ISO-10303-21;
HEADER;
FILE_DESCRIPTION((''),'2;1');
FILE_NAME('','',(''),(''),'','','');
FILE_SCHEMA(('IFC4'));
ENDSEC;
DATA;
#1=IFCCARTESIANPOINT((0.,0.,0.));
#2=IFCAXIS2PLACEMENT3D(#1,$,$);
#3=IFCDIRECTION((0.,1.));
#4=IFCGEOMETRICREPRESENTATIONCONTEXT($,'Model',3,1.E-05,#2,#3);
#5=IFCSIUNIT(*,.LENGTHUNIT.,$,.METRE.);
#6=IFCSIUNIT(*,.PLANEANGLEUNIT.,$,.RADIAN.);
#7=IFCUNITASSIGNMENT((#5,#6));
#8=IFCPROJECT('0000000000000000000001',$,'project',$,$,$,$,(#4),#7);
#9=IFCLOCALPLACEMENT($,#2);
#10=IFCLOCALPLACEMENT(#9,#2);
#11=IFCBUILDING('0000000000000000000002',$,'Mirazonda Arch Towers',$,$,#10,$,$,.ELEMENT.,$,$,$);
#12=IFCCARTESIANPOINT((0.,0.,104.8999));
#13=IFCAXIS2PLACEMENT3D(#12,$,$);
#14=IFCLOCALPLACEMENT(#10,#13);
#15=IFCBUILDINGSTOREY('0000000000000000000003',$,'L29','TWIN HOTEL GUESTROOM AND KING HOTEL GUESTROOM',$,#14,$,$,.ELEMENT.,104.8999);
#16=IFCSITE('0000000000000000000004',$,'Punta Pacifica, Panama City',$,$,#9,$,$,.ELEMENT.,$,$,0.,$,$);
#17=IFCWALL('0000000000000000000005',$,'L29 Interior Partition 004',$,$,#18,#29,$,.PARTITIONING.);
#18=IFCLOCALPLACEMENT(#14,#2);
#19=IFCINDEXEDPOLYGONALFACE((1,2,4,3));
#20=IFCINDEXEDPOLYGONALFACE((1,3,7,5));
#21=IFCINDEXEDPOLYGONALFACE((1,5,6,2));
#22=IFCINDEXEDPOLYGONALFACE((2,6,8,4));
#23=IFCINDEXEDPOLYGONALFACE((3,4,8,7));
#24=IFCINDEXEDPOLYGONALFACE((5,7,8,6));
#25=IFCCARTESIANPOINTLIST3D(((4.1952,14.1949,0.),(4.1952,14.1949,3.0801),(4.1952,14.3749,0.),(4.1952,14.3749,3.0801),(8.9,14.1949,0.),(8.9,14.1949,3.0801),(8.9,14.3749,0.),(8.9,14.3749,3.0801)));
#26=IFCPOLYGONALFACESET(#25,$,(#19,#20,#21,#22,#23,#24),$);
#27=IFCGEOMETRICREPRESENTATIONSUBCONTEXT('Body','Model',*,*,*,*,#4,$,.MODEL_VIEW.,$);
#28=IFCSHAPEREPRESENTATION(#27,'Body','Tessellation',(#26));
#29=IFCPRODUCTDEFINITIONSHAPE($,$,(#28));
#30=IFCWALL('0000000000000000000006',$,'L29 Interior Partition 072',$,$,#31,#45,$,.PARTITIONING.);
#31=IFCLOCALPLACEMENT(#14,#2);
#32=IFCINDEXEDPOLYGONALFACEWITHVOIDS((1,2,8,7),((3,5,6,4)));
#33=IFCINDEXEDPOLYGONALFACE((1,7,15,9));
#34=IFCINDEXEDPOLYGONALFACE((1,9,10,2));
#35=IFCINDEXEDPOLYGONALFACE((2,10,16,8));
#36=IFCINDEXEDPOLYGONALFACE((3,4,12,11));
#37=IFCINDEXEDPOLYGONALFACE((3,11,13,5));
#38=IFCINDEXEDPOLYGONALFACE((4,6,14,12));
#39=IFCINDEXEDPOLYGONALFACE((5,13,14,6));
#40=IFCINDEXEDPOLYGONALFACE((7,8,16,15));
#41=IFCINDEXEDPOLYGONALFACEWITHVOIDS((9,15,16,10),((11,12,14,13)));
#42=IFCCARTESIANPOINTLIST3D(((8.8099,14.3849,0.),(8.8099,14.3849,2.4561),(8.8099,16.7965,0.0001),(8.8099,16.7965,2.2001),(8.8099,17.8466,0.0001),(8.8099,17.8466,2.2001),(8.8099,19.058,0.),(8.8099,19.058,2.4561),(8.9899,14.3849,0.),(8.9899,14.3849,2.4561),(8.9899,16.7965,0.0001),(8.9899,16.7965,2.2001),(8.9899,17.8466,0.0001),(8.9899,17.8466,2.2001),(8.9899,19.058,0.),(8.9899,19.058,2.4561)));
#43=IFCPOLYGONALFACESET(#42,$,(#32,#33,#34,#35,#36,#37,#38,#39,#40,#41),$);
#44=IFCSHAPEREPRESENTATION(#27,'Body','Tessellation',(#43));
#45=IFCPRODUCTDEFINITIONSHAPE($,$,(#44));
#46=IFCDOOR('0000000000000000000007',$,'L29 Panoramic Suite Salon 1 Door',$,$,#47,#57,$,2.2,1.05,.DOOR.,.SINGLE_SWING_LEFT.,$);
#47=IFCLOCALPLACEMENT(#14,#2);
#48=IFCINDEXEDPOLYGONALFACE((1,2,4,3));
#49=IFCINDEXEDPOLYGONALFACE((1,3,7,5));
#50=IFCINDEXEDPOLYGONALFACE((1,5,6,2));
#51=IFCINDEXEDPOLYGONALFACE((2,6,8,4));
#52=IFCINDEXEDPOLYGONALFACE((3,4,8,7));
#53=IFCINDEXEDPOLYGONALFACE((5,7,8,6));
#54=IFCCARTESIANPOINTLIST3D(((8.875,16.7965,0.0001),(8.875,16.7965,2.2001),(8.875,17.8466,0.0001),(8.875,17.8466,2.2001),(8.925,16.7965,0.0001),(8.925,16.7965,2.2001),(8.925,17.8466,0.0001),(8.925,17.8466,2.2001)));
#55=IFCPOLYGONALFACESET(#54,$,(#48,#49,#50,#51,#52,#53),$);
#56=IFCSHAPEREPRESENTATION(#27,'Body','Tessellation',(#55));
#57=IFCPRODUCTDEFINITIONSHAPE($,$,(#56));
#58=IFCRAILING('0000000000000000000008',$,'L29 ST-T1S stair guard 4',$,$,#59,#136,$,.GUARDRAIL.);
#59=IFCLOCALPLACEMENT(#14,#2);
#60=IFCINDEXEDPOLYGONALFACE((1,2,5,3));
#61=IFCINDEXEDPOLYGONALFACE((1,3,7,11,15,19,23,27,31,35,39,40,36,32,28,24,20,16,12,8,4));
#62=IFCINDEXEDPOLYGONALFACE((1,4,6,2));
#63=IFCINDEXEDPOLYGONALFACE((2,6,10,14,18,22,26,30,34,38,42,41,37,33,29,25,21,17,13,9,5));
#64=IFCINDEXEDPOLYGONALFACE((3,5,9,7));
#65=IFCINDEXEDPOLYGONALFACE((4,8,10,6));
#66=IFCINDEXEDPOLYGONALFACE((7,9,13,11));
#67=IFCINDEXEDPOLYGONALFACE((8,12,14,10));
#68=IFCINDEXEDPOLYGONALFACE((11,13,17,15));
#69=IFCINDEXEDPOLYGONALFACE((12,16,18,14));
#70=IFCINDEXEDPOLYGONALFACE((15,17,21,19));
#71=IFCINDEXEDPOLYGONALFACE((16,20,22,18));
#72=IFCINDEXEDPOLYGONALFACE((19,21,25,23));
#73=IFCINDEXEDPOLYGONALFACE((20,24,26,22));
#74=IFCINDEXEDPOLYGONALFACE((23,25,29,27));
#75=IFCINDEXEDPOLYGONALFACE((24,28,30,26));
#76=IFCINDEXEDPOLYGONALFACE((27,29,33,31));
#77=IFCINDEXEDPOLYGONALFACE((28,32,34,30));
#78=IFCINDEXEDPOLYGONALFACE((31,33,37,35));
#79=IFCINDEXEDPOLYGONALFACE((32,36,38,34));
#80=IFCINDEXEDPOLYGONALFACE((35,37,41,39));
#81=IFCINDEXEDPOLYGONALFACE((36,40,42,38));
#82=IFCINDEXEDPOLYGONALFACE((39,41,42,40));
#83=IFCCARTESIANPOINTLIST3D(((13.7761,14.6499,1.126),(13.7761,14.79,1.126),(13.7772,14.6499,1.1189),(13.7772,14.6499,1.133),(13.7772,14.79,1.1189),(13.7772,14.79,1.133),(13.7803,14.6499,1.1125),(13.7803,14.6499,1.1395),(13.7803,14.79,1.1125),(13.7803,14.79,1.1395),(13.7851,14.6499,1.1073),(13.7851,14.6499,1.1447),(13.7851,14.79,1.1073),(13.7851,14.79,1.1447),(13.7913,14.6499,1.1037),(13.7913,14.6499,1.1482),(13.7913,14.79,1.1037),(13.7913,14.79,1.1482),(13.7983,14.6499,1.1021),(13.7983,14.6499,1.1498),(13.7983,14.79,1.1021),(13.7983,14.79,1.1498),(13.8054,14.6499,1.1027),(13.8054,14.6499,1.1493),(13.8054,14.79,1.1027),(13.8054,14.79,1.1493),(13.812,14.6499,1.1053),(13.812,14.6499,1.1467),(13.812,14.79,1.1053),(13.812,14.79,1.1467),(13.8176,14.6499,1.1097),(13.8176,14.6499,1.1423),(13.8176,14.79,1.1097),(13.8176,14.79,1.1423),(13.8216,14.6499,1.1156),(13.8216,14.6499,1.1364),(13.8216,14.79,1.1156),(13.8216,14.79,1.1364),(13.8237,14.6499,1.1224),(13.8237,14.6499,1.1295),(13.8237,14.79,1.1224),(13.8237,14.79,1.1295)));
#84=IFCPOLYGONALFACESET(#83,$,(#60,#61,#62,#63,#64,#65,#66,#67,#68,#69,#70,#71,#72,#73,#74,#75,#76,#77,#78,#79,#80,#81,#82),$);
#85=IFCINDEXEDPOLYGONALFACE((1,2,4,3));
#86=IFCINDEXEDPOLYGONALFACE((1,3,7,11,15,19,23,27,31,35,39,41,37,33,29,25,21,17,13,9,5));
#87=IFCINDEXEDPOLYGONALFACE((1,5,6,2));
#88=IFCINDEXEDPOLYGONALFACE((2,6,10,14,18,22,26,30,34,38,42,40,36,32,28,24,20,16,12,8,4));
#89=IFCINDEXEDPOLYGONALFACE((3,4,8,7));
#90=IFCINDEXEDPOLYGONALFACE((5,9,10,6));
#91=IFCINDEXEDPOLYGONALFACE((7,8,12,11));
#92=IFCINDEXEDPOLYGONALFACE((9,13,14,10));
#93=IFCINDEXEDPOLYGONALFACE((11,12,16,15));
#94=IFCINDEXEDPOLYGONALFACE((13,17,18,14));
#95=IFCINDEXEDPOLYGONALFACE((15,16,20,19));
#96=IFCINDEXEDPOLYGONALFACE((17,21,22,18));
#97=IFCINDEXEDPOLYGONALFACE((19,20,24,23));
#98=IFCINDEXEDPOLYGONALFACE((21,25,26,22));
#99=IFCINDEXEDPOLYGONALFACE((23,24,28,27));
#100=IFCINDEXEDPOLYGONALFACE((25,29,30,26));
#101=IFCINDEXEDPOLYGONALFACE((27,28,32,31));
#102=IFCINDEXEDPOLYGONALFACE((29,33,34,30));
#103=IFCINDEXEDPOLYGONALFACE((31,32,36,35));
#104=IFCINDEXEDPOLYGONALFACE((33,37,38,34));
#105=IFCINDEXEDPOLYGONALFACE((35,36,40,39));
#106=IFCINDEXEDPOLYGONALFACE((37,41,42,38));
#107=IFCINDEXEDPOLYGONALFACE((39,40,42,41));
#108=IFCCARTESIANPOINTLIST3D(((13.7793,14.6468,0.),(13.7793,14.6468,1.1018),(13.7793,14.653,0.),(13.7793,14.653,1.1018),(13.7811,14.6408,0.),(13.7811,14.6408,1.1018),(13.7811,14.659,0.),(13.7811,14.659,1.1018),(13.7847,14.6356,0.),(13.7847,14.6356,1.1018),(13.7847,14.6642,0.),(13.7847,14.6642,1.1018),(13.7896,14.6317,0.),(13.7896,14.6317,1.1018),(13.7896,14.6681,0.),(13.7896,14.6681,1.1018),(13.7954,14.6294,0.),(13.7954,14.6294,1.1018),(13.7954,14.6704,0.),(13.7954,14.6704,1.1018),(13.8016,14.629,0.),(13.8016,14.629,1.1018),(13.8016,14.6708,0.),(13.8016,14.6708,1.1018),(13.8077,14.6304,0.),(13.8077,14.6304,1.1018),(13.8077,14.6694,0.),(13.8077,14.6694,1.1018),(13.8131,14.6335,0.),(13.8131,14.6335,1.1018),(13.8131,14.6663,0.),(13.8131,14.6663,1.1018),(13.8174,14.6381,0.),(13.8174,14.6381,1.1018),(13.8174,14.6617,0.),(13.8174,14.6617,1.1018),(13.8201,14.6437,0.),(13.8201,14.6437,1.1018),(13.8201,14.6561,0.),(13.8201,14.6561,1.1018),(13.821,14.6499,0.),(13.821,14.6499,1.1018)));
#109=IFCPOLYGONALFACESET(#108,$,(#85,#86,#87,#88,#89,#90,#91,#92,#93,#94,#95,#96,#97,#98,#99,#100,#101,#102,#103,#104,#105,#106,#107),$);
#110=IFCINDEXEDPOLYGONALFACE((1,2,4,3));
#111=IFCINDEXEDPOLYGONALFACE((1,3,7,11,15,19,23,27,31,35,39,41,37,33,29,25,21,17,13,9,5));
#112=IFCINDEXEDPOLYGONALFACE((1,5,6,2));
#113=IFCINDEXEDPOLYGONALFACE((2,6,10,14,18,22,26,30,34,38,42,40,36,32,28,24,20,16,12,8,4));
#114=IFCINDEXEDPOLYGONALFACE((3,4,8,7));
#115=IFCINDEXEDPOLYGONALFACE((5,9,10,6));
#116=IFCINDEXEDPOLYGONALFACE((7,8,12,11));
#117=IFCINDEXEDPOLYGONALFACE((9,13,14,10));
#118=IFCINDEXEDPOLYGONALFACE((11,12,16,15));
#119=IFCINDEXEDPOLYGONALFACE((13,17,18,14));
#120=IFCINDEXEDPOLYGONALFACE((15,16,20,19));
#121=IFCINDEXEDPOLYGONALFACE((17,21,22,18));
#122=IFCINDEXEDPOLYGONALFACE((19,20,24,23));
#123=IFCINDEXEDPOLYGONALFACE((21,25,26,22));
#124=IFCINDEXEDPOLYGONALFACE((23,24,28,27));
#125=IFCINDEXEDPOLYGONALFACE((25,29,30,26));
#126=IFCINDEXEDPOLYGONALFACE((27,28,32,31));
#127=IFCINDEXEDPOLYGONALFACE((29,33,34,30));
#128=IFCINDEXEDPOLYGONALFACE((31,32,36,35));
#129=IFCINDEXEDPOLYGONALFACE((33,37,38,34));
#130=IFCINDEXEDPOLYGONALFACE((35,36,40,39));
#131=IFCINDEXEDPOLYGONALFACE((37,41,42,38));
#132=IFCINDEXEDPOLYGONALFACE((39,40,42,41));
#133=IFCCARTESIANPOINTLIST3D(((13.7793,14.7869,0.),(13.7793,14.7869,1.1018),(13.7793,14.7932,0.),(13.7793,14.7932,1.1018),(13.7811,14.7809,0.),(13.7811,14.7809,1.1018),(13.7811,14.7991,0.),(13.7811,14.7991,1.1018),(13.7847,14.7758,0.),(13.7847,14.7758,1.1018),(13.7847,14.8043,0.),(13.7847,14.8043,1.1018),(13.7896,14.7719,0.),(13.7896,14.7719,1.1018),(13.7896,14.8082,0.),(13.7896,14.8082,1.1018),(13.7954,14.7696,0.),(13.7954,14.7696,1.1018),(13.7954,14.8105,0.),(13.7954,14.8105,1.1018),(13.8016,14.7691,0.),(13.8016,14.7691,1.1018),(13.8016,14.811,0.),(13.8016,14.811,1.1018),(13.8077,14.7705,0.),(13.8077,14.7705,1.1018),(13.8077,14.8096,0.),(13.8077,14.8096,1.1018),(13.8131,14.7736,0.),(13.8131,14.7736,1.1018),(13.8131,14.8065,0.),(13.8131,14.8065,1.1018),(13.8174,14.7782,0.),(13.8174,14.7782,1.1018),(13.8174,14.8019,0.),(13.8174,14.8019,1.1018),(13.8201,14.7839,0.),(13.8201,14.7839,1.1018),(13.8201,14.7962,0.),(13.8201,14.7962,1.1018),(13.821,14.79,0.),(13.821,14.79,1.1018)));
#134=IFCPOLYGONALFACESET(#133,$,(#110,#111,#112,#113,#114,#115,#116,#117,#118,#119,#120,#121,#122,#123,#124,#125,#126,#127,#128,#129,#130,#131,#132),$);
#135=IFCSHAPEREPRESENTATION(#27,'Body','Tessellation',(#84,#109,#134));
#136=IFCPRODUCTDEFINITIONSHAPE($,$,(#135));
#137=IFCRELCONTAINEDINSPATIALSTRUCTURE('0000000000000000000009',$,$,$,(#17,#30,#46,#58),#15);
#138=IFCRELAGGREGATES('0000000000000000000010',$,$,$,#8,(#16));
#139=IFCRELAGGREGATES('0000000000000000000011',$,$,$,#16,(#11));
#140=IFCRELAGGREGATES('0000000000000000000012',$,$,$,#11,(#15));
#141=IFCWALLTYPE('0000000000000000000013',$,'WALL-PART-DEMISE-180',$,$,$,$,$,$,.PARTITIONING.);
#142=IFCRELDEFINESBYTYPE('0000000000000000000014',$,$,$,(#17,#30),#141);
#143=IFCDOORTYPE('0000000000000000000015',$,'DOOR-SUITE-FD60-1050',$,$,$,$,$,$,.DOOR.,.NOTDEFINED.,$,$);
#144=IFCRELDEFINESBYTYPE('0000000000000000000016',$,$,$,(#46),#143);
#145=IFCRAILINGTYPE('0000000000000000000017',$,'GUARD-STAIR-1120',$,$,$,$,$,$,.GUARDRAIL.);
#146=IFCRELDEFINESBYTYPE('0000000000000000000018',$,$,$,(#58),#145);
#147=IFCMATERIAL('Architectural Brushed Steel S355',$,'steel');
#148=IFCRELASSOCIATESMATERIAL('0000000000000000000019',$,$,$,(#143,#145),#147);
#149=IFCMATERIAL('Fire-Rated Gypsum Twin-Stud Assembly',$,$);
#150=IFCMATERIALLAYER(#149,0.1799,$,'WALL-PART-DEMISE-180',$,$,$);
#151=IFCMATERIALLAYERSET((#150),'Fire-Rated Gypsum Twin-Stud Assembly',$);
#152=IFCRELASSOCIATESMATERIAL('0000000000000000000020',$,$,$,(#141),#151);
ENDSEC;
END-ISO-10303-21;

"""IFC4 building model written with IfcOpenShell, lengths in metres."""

from ifc_helpers import new_model, si_unit, direction, frame, frame_2d, origin, origin_2d, place, context, subcontext, project, spatial, rectangle, circle, extrude, material, layer, layer_set, type_object, element, fill, save


model = new_model("IFC4")

# Units and contexts
model_context = context("Model", 3, precision=1e-05, world=origin(), true_north=direction((0.0, 1.0)))
body_context = subcontext(model_context, "Body", "Model", "MODEL_VIEW")
ifc_project = project(units=[si_unit("LENGTHUNIT", "METRE"), si_unit("PLANEANGLEUNIT", "RADIAN")], contexts=[model_context])

# Site, building, storey
site_placement = place(None, origin())
site = spatial("IfcSite", under=ifc_project, at=site_placement, Name="Punta Pacifica, Panama City", CompositionType="ELEMENT", RefElevation=0.0)
building_placement = place(site_placement, origin())
building = spatial("IfcBuilding", under=site, at=building_placement, Name="Mirazonda Arch Towers", CompositionType="ELEMENT")
storey_placement = place(building_placement, frame((0.0, 0.0, 104.8999)))
storey = spatial("IfcBuildingStorey", under=building, at=storey_placement, Name="L29", Description="TWIN HOTEL GUESTROOM AND KING HOTEL GUESTROOM", CompositionType="ELEMENT", Elevation=104.8999)

# Shared definitions
ifc_material_1 = material(Name="Architectural Brushed Steel S355", Category="steel")
door_type_1 = type_object("IfcDoorType", Name="DOOR-SUITE-FD60-1050", OperationType="NOTDEFINED", PredefinedType="DOOR", material=ifc_material_1)

# Wall
ifc_material_2 = material(Name="Fire-Rated Gypsum Twin-Stud Assembly")
ifc_layer_1 = layer(ifc_material_2, 0.1799, Name="WALL-PART-DEMISE-180")
ifc_layer_set_1 = layer_set([ifc_layer_1], Name="Fire-Rated Gypsum Twin-Stud Assembly")
wall_type_1 = type_object("IfcWallType", Name="WALL-PART-DEMISE-180", PredefinedType="PARTITIONING", material=ifc_layer_set_1)
wall_1_placement = place(storey_placement, frame((4.1951, 14.2849, 0.0), z_axis=(0.0, 0.0, 1.0), x_axis=(1.0, 0.0, 0.0)))
element("IfcWall", 1, at=wall_1_placement, inside=storey, type_object=wall_type_1, Name="L29 Interior Partition 004", PredefinedType="PARTITIONING", context=body_context, shape_type="SweptSolid", body=[
    extrude(rectangle(XDim=4.7048, YDim=0.1799, at=frame_2d((2.3525, 0.0))), origin(), (0.0, 0.0, 1.0), 3.0801),
])

# Wall, opening, door
wall_2_placement = place(storey_placement, frame((8.8999, 14.385, 0.0), z_axis=(0.0, 0.0, 1.0), x_axis=(0.0, 1.0, 0.0)))
wall_2 = element("IfcWall", 2, at=wall_2_placement, inside=storey, type_object=wall_type_1, Name="L29 Interior Partition 072", PredefinedType="PARTITIONING", context=body_context, shape_type="SweptSolid", body=[
    extrude(rectangle(XDim=4.6731, YDim=0.1799, at=frame_2d((2.3364, 0.0))), origin(), (0.0, 0.0, 1.0), 2.4561),
])
opening_1_placement = place(wall_2_placement, frame((2.4116, 0.0, 0.0)))
opening_1 = element("IfcOpeningElement", 3, at=opening_1_placement, cuts=wall_2, PredefinedType="OPENING", context=body_context, shape_type="SweptSolid", body=[
    extrude(rectangle(XDim=1.05, YDim=2.2, at=frame_2d((0.5249, 1.1001))), frame((0.0, 0.0999, 0.0), z_axis=(0.0, -1.0, 0.0), x_axis=(1.0, 0.0, 0.0)), (0.0, 0.0, 1.0), 0.2),
])
door_1_placement = place(opening_1_placement, origin())
door_1 = element("IfcDoor", 4, at=door_1_placement, inside=storey, type_object=door_type_1, Name="L29 Panoramic Suite Salon 1 Door", OperationType="SINGLE_SWING_LEFT", OverallHeight=2.2, OverallWidth=1.05, PredefinedType="DOOR", context=body_context, shape_type="SweptSolid", body=[
    extrude(rectangle(XDim=1.05, YDim=2.2, at=frame_2d((0.5249, 1.1001))), frame((0.0, 0.0249, 0.0), z_axis=(0.0, -1.0, 0.0), x_axis=(1.0, 0.0, 0.0)), (0.0, 0.0, 1.0), 0.05),
])
fill(opening_1, door_1)

# Railing
railing_type = type_object("IfcRailingType", Name="GUARD-STAIR-1120", PredefinedType="GUARDRAIL", material=ifc_material_1)
railing_placement = place(storey_placement, frame((13.8, 14.6499, 0.0)))
element("IfcRailing", 5, at=railing_placement, inside=storey, type_object=railing_type, Name="L29 ST-T1S stair guard 4", PredefinedType="GUARDRAIL", context=body_context, shape_type="SweptSolid", body=[
    extrude(circle(Radius=0.0239, at=origin_2d()), frame((0.0, 0.0, 1.126), z_axis=(0.0, 1.0, 0.0), x_axis=(-1.0, 0.0, 0.0)), (0.0, 0.0, 1.0), 0.1401),
    extrude(circle(Radius=0.021, at=origin_2d()), origin(), (0.0, 0.0, 1.0), 1.1018),
    extrude(circle(Radius=0.021, at=origin_2d()), frame((0.0, 0.1401, 0.0)), (0.0, 0.0, 1.0), 1.1018),
])

save(model, "model.ifc")
